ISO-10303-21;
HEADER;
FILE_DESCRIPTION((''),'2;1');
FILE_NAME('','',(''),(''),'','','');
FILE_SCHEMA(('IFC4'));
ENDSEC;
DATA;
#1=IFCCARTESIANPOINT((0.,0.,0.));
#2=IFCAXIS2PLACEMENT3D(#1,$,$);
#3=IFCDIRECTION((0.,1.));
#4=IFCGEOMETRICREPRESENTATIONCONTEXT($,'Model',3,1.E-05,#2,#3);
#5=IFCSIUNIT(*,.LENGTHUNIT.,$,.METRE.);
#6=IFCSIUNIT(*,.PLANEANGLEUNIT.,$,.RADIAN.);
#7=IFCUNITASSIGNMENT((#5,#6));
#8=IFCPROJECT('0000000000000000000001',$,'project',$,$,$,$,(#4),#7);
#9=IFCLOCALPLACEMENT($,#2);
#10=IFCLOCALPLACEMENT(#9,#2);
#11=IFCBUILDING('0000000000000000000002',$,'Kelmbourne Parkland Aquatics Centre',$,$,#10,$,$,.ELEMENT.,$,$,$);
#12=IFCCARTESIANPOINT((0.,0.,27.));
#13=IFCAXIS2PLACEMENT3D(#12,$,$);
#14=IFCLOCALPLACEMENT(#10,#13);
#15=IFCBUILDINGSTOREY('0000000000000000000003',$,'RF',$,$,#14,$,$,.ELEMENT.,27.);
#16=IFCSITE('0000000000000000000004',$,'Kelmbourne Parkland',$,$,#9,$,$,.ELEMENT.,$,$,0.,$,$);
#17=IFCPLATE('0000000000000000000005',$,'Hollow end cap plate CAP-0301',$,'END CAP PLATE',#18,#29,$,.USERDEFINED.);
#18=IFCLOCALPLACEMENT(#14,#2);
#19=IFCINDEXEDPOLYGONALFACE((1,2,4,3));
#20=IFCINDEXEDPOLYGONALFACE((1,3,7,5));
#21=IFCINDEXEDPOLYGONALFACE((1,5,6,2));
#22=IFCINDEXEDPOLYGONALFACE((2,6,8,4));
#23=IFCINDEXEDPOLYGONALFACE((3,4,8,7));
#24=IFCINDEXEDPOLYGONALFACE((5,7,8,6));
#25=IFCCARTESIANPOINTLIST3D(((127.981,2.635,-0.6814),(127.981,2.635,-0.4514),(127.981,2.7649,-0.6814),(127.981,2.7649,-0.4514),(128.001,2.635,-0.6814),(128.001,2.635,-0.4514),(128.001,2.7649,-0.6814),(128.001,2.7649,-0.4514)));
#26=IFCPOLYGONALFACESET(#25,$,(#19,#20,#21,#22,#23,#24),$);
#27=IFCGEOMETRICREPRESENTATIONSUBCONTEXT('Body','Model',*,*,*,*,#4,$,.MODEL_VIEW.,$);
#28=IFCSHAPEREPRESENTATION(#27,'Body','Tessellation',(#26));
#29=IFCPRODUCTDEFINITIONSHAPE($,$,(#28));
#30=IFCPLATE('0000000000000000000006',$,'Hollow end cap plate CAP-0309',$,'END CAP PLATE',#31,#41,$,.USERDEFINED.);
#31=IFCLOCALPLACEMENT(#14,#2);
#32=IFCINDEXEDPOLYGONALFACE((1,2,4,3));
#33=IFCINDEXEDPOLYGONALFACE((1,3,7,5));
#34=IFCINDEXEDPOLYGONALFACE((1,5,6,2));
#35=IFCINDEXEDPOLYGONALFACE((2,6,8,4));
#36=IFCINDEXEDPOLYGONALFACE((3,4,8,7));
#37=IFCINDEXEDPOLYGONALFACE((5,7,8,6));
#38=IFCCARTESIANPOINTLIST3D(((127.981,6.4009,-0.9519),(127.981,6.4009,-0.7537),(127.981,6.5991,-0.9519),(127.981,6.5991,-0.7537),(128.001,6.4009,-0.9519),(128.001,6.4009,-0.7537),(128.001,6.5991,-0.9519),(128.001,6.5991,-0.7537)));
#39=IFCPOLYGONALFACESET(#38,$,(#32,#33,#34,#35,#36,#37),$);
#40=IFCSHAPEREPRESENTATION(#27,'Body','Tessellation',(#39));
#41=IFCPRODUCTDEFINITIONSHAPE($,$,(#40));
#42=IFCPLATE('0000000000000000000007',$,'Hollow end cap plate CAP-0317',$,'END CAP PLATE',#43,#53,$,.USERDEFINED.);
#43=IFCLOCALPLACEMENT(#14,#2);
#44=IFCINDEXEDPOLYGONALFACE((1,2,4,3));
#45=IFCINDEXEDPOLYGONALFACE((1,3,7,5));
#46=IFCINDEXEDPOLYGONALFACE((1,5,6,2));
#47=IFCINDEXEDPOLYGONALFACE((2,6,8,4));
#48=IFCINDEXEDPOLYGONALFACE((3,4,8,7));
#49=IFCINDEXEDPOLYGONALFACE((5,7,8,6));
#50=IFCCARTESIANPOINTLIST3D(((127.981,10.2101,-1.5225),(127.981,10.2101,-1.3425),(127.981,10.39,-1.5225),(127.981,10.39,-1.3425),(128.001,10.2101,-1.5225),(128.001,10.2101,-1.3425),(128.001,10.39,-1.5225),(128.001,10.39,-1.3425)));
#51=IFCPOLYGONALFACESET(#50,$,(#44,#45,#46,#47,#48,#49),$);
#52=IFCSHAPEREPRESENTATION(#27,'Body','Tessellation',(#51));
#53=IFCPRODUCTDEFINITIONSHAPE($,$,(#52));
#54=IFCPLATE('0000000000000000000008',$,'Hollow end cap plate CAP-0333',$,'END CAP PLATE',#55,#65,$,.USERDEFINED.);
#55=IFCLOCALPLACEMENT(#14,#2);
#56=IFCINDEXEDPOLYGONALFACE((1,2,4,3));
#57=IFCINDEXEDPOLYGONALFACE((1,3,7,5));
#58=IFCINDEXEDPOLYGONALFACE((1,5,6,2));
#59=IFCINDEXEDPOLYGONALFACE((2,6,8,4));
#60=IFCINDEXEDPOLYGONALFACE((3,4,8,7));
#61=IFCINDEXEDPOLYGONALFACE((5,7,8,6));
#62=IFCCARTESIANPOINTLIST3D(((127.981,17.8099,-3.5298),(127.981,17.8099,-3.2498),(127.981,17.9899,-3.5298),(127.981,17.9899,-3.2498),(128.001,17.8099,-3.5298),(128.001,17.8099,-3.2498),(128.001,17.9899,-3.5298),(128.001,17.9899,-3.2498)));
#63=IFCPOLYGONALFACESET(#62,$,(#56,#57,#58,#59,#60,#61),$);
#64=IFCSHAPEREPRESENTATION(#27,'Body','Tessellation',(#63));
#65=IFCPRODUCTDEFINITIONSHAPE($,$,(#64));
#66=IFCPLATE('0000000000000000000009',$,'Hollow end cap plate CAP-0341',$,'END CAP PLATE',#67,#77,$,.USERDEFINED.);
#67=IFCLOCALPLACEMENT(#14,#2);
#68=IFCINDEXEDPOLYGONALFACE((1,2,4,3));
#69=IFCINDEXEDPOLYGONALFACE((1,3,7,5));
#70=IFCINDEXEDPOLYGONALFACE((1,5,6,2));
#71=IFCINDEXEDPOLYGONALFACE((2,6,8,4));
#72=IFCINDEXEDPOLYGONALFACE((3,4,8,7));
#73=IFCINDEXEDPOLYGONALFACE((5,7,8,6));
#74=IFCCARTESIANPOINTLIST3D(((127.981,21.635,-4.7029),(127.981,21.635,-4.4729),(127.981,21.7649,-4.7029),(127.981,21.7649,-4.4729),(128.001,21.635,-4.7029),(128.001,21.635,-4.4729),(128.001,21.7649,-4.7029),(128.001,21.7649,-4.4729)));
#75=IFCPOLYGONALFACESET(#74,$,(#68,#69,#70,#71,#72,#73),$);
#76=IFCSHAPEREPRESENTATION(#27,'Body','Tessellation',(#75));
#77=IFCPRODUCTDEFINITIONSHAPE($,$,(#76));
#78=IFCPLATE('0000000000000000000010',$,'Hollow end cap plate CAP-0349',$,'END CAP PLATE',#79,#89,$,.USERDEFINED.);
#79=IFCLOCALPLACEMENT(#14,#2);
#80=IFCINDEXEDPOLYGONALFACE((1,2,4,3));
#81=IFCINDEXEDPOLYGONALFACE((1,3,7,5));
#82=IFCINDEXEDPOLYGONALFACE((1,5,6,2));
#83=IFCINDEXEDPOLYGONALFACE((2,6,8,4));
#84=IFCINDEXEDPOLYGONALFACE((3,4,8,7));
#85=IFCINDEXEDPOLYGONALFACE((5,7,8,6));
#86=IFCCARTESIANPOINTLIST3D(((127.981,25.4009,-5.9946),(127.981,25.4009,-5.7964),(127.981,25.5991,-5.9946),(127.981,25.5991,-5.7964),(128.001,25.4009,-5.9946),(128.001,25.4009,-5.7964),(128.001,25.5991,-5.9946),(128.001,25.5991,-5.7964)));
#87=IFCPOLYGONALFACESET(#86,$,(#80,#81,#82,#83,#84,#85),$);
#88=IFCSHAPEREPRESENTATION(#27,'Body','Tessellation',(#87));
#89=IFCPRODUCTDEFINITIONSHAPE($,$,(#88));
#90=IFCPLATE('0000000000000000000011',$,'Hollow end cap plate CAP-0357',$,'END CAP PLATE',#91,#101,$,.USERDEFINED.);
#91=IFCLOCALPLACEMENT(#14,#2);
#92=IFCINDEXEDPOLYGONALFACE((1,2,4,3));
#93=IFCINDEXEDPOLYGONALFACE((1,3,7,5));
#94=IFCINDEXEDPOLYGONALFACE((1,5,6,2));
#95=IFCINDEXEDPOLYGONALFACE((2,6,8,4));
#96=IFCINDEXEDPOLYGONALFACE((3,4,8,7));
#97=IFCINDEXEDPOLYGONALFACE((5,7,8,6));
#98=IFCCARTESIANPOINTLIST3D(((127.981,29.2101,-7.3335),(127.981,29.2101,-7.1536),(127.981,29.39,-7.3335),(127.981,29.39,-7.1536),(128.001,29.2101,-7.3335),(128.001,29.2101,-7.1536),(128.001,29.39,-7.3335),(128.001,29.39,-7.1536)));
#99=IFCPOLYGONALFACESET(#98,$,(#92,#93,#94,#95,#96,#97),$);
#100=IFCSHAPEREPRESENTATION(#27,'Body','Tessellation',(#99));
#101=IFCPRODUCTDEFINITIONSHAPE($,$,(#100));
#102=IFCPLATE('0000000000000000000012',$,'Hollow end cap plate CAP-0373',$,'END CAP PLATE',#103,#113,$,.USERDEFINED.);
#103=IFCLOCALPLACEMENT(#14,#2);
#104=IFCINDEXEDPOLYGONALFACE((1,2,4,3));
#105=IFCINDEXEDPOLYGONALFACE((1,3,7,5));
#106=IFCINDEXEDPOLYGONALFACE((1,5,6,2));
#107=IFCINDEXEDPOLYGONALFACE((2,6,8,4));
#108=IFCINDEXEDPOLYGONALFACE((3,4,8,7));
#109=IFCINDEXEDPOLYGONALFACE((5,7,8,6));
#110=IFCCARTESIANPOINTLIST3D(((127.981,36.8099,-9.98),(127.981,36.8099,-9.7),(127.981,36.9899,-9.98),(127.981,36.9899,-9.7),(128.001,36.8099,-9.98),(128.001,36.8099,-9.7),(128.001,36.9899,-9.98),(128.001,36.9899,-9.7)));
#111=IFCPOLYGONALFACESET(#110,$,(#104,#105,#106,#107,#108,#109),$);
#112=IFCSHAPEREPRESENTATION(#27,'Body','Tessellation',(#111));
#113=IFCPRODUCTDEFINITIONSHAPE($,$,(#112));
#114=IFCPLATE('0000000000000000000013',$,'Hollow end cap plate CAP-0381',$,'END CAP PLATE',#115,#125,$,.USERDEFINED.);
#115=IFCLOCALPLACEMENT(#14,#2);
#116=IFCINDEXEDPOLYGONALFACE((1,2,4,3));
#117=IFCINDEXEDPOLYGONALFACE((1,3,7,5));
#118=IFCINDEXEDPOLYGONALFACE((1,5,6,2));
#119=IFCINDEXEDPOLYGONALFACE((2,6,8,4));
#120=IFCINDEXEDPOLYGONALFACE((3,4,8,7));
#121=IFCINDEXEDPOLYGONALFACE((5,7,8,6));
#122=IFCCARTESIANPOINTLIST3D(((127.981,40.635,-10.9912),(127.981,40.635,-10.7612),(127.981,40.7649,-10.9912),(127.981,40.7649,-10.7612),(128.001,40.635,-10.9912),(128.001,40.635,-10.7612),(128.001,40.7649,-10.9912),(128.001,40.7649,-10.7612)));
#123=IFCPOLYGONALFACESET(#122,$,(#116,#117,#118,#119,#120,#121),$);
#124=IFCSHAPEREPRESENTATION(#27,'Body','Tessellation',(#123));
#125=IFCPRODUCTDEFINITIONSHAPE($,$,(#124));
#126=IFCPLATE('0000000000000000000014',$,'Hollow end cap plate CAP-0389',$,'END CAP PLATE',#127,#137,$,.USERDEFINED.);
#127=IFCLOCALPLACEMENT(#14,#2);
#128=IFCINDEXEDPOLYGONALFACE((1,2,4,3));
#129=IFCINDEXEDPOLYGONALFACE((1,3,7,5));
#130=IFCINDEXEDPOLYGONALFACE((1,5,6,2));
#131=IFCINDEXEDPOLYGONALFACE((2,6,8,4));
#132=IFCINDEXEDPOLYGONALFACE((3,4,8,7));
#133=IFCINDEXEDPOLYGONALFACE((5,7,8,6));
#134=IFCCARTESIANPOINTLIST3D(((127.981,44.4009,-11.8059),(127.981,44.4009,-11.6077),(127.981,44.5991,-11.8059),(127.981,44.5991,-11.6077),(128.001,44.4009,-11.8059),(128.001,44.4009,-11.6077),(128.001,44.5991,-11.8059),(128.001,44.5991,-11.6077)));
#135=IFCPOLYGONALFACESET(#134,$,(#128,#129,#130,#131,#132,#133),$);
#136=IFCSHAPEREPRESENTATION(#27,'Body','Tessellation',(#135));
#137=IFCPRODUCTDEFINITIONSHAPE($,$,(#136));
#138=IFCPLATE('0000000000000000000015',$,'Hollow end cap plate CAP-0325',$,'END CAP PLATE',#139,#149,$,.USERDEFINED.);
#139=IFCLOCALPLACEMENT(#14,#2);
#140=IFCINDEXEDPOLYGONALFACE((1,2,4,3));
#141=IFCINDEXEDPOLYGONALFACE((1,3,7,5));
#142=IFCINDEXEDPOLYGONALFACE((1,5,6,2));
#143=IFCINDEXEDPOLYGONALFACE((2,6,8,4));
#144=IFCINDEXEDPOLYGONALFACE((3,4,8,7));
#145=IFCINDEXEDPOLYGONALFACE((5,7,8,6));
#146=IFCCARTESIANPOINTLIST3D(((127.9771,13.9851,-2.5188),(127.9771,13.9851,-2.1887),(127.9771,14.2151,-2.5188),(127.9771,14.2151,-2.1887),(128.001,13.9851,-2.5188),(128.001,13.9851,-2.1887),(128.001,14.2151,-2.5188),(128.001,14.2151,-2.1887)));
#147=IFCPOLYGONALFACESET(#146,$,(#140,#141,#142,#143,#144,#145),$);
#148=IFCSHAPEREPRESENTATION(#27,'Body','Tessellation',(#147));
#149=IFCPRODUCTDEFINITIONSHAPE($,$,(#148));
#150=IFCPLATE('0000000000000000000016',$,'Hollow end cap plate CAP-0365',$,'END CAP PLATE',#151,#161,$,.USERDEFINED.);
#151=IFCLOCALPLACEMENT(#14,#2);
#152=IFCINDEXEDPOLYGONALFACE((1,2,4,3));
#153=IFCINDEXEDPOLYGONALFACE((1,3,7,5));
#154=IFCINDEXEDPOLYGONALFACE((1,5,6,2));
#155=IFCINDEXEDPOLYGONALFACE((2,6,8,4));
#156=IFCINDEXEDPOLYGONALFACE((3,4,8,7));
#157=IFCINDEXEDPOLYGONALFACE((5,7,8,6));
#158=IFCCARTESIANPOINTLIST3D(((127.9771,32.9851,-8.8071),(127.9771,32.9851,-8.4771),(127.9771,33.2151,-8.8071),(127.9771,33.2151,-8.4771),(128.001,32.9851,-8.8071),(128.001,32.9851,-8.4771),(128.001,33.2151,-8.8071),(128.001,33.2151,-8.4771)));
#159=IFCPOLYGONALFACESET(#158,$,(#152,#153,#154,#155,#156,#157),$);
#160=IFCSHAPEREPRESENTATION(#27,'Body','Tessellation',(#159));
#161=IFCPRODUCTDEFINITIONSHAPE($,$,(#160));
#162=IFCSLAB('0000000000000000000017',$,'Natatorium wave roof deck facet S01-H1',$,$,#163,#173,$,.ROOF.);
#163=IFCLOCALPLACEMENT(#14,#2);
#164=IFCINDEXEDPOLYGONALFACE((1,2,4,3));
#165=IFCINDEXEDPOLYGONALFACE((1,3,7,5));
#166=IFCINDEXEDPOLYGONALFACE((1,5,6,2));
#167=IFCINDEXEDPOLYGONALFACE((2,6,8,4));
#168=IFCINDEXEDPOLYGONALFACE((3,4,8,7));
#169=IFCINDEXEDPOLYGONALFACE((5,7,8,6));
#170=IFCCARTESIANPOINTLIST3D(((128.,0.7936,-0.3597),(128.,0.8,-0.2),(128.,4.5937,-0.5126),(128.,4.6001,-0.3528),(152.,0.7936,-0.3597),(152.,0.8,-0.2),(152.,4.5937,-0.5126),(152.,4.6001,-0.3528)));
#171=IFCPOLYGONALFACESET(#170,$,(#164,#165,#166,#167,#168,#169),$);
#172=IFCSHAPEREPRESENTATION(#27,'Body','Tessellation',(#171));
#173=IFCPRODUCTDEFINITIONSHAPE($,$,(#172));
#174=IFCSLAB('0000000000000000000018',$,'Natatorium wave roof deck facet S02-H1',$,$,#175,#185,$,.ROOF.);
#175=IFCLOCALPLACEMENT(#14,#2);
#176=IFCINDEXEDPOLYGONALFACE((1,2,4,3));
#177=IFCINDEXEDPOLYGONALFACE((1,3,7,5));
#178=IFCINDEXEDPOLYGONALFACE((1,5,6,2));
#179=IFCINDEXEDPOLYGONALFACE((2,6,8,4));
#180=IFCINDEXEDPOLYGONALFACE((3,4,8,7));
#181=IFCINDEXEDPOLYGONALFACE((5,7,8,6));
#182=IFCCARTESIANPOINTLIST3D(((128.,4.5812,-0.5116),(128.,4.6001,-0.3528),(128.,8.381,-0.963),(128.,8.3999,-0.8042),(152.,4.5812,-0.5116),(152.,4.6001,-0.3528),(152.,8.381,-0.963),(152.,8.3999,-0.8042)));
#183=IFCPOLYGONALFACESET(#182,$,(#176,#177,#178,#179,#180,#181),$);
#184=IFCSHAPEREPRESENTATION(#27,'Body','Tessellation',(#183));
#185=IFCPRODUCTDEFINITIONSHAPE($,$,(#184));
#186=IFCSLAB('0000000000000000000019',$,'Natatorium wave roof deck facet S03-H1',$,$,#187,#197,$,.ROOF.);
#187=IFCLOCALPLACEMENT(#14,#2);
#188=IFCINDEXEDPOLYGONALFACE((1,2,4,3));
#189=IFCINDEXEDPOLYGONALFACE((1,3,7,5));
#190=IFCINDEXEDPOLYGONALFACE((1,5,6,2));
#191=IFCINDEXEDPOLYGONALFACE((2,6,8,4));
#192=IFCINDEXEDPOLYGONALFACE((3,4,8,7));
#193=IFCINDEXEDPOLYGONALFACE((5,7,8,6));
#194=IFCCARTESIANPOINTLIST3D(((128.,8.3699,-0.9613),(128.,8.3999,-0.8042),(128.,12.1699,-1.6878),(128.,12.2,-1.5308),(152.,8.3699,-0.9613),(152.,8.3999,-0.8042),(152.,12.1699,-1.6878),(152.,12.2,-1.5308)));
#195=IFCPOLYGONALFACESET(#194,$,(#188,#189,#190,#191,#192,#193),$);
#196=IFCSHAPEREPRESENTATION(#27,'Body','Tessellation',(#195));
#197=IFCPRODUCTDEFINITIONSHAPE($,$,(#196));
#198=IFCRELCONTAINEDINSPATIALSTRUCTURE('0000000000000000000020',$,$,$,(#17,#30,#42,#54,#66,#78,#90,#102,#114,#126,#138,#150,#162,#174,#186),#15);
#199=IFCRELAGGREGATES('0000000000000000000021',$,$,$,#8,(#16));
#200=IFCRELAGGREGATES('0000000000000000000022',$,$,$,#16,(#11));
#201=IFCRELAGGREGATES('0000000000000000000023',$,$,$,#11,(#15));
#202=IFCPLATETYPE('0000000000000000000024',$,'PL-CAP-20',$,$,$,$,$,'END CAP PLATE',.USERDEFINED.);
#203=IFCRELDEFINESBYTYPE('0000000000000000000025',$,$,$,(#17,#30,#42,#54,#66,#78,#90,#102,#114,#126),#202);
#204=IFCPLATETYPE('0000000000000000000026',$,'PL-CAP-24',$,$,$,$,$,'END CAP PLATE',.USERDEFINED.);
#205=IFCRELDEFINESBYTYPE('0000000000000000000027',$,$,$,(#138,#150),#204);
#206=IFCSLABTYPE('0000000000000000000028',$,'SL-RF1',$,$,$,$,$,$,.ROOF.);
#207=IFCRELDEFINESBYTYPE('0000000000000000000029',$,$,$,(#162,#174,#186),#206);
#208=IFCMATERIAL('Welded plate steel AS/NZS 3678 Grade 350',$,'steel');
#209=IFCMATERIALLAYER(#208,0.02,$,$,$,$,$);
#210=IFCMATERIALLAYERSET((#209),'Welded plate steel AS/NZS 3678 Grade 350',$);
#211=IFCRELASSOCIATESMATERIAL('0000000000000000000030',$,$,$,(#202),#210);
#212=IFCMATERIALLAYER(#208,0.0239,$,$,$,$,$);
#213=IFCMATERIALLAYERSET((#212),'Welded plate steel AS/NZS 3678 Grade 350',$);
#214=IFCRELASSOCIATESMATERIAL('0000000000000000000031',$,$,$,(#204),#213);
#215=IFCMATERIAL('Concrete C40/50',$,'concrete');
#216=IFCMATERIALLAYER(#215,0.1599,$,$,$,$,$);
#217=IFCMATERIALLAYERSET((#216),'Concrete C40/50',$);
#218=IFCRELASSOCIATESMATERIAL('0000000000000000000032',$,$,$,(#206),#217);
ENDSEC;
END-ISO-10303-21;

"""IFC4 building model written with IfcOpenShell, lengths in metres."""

from ifc_helpers import new_model, si_unit, direction, frame, origin, origin_2d, place, context, subcontext, project, spatial, polyline, rectangle, outline, extrude, material, layer, layer_set, type_object, element, save


model = new_model("IFC4")

# Units and contexts
model_context = context("Model", 3, precision=1e-05, world=origin(), true_north=direction((0.0, 1.0)))
body_context = subcontext(model_context, "Body", "Model", "MODEL_VIEW")
ifc_project = project(units=[si_unit("LENGTHUNIT", "METRE"), si_unit("PLANEANGLEUNIT", "RADIAN")], contexts=[model_context])

# Site, building, storey
site_placement = place(None, origin())
site = spatial("IfcSite", under=ifc_project, at=site_placement, Name="Kelmbourne Parkland", CompositionType="ELEMENT", RefElevation=0.0)
building_placement = place(site_placement, origin())
building = spatial("IfcBuilding", under=site, at=building_placement, Name="Kelmbourne Parkland Aquatics Centre", CompositionType="ELEMENT")
storey_placement = place(building_placement, frame((0.0, 0.0, 27.0)))
storey = spatial("IfcBuildingStorey", under=building, at=storey_placement, Name="RF", CompositionType="ELEMENT", Elevation=27.0)

# Plates
ifc_material_1 = material(Name="Welded plate steel AS/NZS 3678 Grade 350", Category="steel")
ifc_layer_1 = layer(ifc_material_1, 0.02)
ifc_layer_set_1 = layer_set([ifc_layer_1], Name="Welded plate steel AS/NZS 3678 Grade 350")
plate_type_1 = type_object("IfcPlateType", Name="PL-CAP-20", ElementType="END CAP PLATE", PredefinedType="USERDEFINED", material=ifc_layer_set_1)
plate_1_placement = place(storey_placement, frame((127.991, 2.7, -0.6814), z_axis=(0.0, 0.0, 1.0), x_axis=(-1.0, 0.0, 0.0)))
element("IfcPlate", 1, at=plate_1_placement, inside=storey, type_object=plate_type_1, Name="Hollow end cap plate CAP-0301", ObjectType="END CAP PLATE", PredefinedType="USERDEFINED", context=body_context, shape_type="SweptSolid", body=[
    extrude(rectangle(XDim=0.02, YDim=0.1299, at=origin_2d()), origin(), (0.0, 0.0, 1.0), 0.23),
])
plate_2_placement = place(storey_placement, frame((127.991, 6.5, -0.9519), z_axis=(0.0, 0.0, 1.0), x_axis=(-1.0, 0.0, 0.0)))
element("IfcPlate", 2, at=plate_2_placement, inside=storey, type_object=plate_type_1, Name="Hollow end cap plate CAP-0309", ObjectType="END CAP PLATE", PredefinedType="USERDEFINED", context=body_context, shape_type="SweptSolid", body=[
    extrude(rectangle(XDim=0.02, YDim=0.1982, at=origin_2d()), origin(), (0.0, 0.0, 1.0), 0.1982),
])
plate_3_placement = place(storey_placement, frame((127.991, 10.3, -1.5225), z_axis=(0.0, 0.0, 1.0), x_axis=(-1.0, 0.0, 0.0)))
element("IfcPlate", 3, at=plate_3_placement, inside=storey, type_object=plate_type_1, Name="Hollow end cap plate CAP-0317", ObjectType="END CAP PLATE", PredefinedType="USERDEFINED", context=body_context, shape_type="SweptSolid", body=[
    extrude(rectangle(XDim=0.02, YDim=0.1799, at=origin_2d()), origin(), (0.0, 0.0, 1.0), 0.1799),
])
plate_4_placement = place(storey_placement, frame((127.991, 17.8999, -3.5298), z_axis=(0.0, 0.0, 1.0), x_axis=(-1.0, 0.0, 0.0)))
element("IfcPlate", 4, at=plate_4_placement, inside=storey, type_object=plate_type_1, Name="Hollow end cap plate CAP-0333", ObjectType="END CAP PLATE", PredefinedType="USERDEFINED", context=body_context, shape_type="SweptSolid", body=[
    extrude(rectangle(XDim=0.02, YDim=0.1799, at=origin_2d()), origin(), (0.0, 0.0, 1.0), 0.28),
])
plate_5_placement = place(storey_placement, frame((127.991, 21.7, -4.7029), z_axis=(0.0, 0.0, 1.0), x_axis=(-1.0, 0.0, 0.0)))
element("IfcPlate", 5, at=plate_5_placement, inside=storey, type_object=plate_type_1, Name="Hollow end cap plate CAP-0341", ObjectType="END CAP PLATE", PredefinedType="USERDEFINED", context=body_context, shape_type="SweptSolid", body=[
    extrude(rectangle(XDim=0.02, YDim=0.1299, at=origin_2d()), origin(), (0.0, 0.0, 1.0), 0.23),
])
plate_6_placement = place(storey_placement, frame((127.991, 25.5, -5.9946), z_axis=(0.0, 0.0, 1.0), x_axis=(-1.0, 0.0, 0.0)))
element("IfcPlate", 6, at=plate_6_placement, inside=storey, type_object=plate_type_1, Name="Hollow end cap plate CAP-0349", ObjectType="END CAP PLATE", PredefinedType="USERDEFINED", context=body_context, shape_type="SweptSolid", body=[
    extrude(rectangle(XDim=0.02, YDim=0.1982, at=origin_2d()), origin(), (0.0, 0.0, 1.0), 0.1982),
])
plate_7_placement = place(storey_placement, frame((127.991, 29.3, -7.3335), z_axis=(0.0, 0.0, 1.0), x_axis=(-1.0, 0.0, 0.0)))
element("IfcPlate", 7, at=plate_7_placement, inside=storey, type_object=plate_type_1, Name="Hollow end cap plate CAP-0357", ObjectType="END CAP PLATE", PredefinedType="USERDEFINED", context=body_context, shape_type="SweptSolid", body=[
    extrude(rectangle(XDim=0.02, YDim=0.1799, at=origin_2d()), origin(), (0.0, 0.0, 1.0), 0.1799),
])
plate_8_placement = place(storey_placement, frame((127.991, 36.8999, -9.98), z_axis=(0.0, 0.0, 1.0), x_axis=(-1.0, 0.0, 0.0)))
element("IfcPlate", 8, at=plate_8_placement, inside=storey, type_object=plate_type_1, Name="Hollow end cap plate CAP-0373", ObjectType="END CAP PLATE", PredefinedType="USERDEFINED", context=body_context, shape_type="SweptSolid", body=[
    extrude(rectangle(XDim=0.02, YDim=0.1799, at=origin_2d()), origin(), (0.0, 0.0, 1.0), 0.28),
])
plate_9_placement = place(storey_placement, frame((127.991, 40.7, -10.9912), z_axis=(0.0, 0.0, 1.0), x_axis=(-1.0, 0.0, 0.0)))
element("IfcPlate", 9, at=plate_9_placement, inside=storey, type_object=plate_type_1, Name="Hollow end cap plate CAP-0381", ObjectType="END CAP PLATE", PredefinedType="USERDEFINED", context=body_context, shape_type="SweptSolid", body=[
    extrude(rectangle(XDim=0.02, YDim=0.1299, at=origin_2d()), origin(), (0.0, 0.0, 1.0), 0.23),
])
plate_10_placement = place(storey_placement, frame((127.991, 44.5, -11.8059), z_axis=(0.0, 0.0, 1.0), x_axis=(-1.0, 0.0, 0.0)))
element("IfcPlate", 10, at=plate_10_placement, inside=storey, type_object=plate_type_1, Name="Hollow end cap plate CAP-0389", ObjectType="END CAP PLATE", PredefinedType="USERDEFINED", context=body_context, shape_type="SweptSolid", body=[
    extrude(rectangle(XDim=0.02, YDim=0.1982, at=origin_2d()), origin(), (0.0, 0.0, 1.0), 0.1982),
])
ifc_layer_2 = layer(ifc_material_1, 0.0239)
ifc_layer_set_2 = layer_set([ifc_layer_2], Name="Welded plate steel AS/NZS 3678 Grade 350")
plate_type_2 = type_object("IfcPlateType", Name="PL-CAP-24", ElementType="END CAP PLATE", PredefinedType="USERDEFINED", material=ifc_layer_set_2)
for number, where, z_axis, x_axis, name in (
    (11, (127.989, 14.1001, -2.5188), (0.0, 0.0, 1.0), (-1.0, 0.0, 0.0), "Hollow end cap plate CAP-0325"),
    (12, (127.989, 33.1001, -8.8071), (0.0, 0.0, 1.0), (-1.0, 0.0, 0.0), "Hollow end cap plate CAP-0365"),
):
    element("IfcPlate", number, at=place(storey_placement, frame(where, z_axis=z_axis, x_axis=x_axis)), inside=storey, type_object=plate_type_2, Name=name, ObjectType="END CAP PLATE", PredefinedType="USERDEFINED", context=body_context, shape_type="SweptSolid", body=[
        extrude(rectangle(XDim=0.0239, YDim=0.23, at=origin_2d()), origin(), (0.0, 0.0, 1.0), 0.3301),
    ])

# Slabs
ifc_material_2 = material(Name="Concrete C40/50", Category="concrete")
ifc_layer_3 = layer(ifc_material_2, 0.1599)
ifc_layer_set_3 = layer_set([ifc_layer_3], Name="Concrete C40/50")
slab_type = type_object("IfcSlabType", Name="SL-RF1", PredefinedType="ROOF", material=ifc_layer_set_3)
slab_1_placement = place(storey_placement, frame((128.0, 0.8, -0.2), z_axis=(0.0, 0.040186, 0.999192), x_axis=(1.0, 0.0, 0.0)))
element("IfcSlab", 13, at=slab_1_placement, inside=storey, type_object=slab_type, Name="Natatorium wave roof deck facet S01-H1", PredefinedType="ROOF", context=body_context, shape_type="SweptSolid", body=[
    extrude(outline(polyline([(0.0, 0.0), (24.0, 0.0), (24.0, 3.8031), (0.0, 3.8031), (0.0, 0.0)])), origin(), (0.0, 0.0, -1.0), 0.1599),
])
slab_2_placement = place(storey_placement, frame((128.0, 4.6001, -0.3528), z_axis=(0.0, 0.11797, 0.993017), x_axis=(1.0, 0.0, 0.0)))
element("IfcSlab", 14, at=slab_2_placement, inside=storey, type_object=slab_type, Name="Natatorium wave roof deck facet S02-H1", PredefinedType="ROOF", context=body_context, shape_type="SweptSolid", body=[
    extrude(outline(polyline([(0.0, 0.0), (24.0, 0.0), (24.0, 3.8265), (0.0, 3.8265), (0.0, 0.0)])), origin(), (0.0, 0.0, -1.0), 0.1599),
])
slab_3_placement = place(storey_placement, frame((128.0, 8.3999, -0.8042), z_axis=(0.0, 0.187796, 0.982208), x_axis=(1.0, 0.0, 0.0)))
element("IfcSlab", 15, at=slab_3_placement, inside=storey, type_object=slab_type, Name="Natatorium wave roof deck facet S03-H1", PredefinedType="ROOF", context=body_context, shape_type="SweptSolid", body=[
    extrude(outline(polyline([(0.0, 0.0), (24.0, 0.0), (24.0, 3.8689), (0.0, 3.8689), (0.0, 0.0)])), origin(), (0.0, 0.0, -1.0), 0.1599),
])

save(model, "model.ifc")
